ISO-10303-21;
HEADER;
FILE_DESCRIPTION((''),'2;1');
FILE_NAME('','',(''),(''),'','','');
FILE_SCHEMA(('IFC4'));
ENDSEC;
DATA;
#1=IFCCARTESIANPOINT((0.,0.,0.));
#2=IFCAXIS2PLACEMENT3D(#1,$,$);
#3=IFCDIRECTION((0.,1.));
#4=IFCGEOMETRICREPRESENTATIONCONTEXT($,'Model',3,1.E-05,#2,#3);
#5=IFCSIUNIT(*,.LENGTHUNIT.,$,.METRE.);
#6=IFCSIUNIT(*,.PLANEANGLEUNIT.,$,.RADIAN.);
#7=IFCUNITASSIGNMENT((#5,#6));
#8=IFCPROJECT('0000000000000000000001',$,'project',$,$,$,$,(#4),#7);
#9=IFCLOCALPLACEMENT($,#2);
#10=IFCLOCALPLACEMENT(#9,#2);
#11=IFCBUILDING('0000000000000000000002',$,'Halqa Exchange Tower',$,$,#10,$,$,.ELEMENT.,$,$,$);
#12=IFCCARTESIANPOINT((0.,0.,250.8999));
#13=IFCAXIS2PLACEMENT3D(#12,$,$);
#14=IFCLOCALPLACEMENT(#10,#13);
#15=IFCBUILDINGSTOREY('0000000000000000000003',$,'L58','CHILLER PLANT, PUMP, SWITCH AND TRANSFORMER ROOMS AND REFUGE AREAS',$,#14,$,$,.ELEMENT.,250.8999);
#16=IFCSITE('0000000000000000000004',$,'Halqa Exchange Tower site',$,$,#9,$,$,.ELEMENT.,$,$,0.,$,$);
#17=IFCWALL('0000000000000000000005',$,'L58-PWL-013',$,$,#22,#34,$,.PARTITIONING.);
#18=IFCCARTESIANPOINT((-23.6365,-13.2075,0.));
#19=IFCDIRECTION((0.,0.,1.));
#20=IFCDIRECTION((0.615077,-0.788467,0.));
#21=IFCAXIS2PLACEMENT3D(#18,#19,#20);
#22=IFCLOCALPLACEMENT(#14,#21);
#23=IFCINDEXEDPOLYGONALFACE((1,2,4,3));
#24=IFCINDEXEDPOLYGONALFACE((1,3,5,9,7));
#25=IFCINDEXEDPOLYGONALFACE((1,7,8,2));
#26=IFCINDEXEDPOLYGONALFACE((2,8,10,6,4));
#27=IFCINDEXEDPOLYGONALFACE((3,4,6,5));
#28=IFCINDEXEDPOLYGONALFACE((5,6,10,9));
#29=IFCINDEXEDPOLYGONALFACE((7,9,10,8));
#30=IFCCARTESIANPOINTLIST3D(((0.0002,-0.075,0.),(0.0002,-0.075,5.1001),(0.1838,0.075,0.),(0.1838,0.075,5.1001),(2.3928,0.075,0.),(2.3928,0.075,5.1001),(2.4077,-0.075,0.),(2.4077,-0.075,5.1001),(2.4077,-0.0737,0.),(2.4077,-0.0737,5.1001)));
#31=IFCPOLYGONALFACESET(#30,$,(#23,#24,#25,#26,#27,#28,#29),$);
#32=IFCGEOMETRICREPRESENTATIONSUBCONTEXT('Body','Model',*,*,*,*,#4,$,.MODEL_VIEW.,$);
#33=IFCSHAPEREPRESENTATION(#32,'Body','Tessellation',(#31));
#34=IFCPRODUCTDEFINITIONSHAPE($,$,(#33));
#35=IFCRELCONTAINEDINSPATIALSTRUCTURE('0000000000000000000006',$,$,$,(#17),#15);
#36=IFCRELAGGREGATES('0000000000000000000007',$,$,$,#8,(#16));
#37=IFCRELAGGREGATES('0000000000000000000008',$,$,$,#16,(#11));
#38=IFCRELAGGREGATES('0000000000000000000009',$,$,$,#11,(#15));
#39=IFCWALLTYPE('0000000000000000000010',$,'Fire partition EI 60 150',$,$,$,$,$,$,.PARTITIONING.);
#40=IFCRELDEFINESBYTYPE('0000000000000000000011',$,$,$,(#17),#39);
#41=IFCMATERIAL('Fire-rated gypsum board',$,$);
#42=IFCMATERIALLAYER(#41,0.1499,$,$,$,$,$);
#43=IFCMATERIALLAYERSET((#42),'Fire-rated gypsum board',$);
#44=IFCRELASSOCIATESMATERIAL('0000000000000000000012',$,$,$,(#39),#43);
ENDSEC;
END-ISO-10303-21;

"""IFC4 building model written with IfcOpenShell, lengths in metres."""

from ifc_helpers import new_model, si_unit, direction, frame, origin, place, context, subcontext, project, spatial, polyline, outline, extrude, material, layer, layer_set, type_object, element, save


model = new_model("IFC4")

# Units and contexts
model_context = context("Model", 3, precision=1e-05, world=origin(), true_north=direction((0.0, 1.0)))
body_context = subcontext(model_context, "Body", "Model", "MODEL_VIEW")
ifc_project = project(units=[si_unit("LENGTHUNIT", "METRE"), si_unit("PLANEANGLEUNIT", "RADIAN")], contexts=[model_context])

# Site, building, storey
site_placement = place(None, origin())
site = spatial("IfcSite", under=ifc_project, at=site_placement, Name="Halqa Exchange Tower site", CompositionType="ELEMENT", RefElevation=0.0)
building_placement = place(site_placement, origin())
building = spatial("IfcBuilding", under=site, at=building_placement, Name="Halqa Exchange Tower", CompositionType="ELEMENT")
storey_placement = place(building_placement, frame((0.0, 0.0, 250.8999)))
storey = spatial("IfcBuildingStorey", under=building, at=storey_placement, Name="L58", Description="CHILLER PLANT, PUMP, SWITCH AND TRANSFORMER ROOMS AND REFUGE AREAS", CompositionType="ELEMENT", Elevation=250.8999)

# Wall
ifc_material_1 = material(Name="Fire-rated gypsum board")
ifc_layer_1 = layer(ifc_material_1, 0.1499)
ifc_layer_set_1 = layer_set([ifc_layer_1], Name="Fire-rated gypsum board")
wall_type = type_object("IfcWallType", Name="Fire partition EI 60 150", PredefinedType="PARTITIONING", material=ifc_layer_set_1)
wall_1_placement = place(storey_placement, frame((-23.6365, -13.2075, 0.0), z_axis=(0.0, 0.0, 1.0), x_axis=(0.615077, -0.788467, 0.0)))
element("IfcWall", 1, at=wall_1_placement, inside=storey, type_object=wall_type, Name="L58-PWL-013", PredefinedType="PARTITIONING", context=body_context, shape_type="SweptSolid", body=[
    extrude(outline(polyline([(2.4077, -0.075), (2.4077, -0.0737), (2.3928, 0.075), (0.1838, 0.075), (0.0002, -0.075), (2.4077, -0.075)])), origin(), (0.0, 0.0, 1.0), 5.1001),
])

save(model, "model.ifc")
